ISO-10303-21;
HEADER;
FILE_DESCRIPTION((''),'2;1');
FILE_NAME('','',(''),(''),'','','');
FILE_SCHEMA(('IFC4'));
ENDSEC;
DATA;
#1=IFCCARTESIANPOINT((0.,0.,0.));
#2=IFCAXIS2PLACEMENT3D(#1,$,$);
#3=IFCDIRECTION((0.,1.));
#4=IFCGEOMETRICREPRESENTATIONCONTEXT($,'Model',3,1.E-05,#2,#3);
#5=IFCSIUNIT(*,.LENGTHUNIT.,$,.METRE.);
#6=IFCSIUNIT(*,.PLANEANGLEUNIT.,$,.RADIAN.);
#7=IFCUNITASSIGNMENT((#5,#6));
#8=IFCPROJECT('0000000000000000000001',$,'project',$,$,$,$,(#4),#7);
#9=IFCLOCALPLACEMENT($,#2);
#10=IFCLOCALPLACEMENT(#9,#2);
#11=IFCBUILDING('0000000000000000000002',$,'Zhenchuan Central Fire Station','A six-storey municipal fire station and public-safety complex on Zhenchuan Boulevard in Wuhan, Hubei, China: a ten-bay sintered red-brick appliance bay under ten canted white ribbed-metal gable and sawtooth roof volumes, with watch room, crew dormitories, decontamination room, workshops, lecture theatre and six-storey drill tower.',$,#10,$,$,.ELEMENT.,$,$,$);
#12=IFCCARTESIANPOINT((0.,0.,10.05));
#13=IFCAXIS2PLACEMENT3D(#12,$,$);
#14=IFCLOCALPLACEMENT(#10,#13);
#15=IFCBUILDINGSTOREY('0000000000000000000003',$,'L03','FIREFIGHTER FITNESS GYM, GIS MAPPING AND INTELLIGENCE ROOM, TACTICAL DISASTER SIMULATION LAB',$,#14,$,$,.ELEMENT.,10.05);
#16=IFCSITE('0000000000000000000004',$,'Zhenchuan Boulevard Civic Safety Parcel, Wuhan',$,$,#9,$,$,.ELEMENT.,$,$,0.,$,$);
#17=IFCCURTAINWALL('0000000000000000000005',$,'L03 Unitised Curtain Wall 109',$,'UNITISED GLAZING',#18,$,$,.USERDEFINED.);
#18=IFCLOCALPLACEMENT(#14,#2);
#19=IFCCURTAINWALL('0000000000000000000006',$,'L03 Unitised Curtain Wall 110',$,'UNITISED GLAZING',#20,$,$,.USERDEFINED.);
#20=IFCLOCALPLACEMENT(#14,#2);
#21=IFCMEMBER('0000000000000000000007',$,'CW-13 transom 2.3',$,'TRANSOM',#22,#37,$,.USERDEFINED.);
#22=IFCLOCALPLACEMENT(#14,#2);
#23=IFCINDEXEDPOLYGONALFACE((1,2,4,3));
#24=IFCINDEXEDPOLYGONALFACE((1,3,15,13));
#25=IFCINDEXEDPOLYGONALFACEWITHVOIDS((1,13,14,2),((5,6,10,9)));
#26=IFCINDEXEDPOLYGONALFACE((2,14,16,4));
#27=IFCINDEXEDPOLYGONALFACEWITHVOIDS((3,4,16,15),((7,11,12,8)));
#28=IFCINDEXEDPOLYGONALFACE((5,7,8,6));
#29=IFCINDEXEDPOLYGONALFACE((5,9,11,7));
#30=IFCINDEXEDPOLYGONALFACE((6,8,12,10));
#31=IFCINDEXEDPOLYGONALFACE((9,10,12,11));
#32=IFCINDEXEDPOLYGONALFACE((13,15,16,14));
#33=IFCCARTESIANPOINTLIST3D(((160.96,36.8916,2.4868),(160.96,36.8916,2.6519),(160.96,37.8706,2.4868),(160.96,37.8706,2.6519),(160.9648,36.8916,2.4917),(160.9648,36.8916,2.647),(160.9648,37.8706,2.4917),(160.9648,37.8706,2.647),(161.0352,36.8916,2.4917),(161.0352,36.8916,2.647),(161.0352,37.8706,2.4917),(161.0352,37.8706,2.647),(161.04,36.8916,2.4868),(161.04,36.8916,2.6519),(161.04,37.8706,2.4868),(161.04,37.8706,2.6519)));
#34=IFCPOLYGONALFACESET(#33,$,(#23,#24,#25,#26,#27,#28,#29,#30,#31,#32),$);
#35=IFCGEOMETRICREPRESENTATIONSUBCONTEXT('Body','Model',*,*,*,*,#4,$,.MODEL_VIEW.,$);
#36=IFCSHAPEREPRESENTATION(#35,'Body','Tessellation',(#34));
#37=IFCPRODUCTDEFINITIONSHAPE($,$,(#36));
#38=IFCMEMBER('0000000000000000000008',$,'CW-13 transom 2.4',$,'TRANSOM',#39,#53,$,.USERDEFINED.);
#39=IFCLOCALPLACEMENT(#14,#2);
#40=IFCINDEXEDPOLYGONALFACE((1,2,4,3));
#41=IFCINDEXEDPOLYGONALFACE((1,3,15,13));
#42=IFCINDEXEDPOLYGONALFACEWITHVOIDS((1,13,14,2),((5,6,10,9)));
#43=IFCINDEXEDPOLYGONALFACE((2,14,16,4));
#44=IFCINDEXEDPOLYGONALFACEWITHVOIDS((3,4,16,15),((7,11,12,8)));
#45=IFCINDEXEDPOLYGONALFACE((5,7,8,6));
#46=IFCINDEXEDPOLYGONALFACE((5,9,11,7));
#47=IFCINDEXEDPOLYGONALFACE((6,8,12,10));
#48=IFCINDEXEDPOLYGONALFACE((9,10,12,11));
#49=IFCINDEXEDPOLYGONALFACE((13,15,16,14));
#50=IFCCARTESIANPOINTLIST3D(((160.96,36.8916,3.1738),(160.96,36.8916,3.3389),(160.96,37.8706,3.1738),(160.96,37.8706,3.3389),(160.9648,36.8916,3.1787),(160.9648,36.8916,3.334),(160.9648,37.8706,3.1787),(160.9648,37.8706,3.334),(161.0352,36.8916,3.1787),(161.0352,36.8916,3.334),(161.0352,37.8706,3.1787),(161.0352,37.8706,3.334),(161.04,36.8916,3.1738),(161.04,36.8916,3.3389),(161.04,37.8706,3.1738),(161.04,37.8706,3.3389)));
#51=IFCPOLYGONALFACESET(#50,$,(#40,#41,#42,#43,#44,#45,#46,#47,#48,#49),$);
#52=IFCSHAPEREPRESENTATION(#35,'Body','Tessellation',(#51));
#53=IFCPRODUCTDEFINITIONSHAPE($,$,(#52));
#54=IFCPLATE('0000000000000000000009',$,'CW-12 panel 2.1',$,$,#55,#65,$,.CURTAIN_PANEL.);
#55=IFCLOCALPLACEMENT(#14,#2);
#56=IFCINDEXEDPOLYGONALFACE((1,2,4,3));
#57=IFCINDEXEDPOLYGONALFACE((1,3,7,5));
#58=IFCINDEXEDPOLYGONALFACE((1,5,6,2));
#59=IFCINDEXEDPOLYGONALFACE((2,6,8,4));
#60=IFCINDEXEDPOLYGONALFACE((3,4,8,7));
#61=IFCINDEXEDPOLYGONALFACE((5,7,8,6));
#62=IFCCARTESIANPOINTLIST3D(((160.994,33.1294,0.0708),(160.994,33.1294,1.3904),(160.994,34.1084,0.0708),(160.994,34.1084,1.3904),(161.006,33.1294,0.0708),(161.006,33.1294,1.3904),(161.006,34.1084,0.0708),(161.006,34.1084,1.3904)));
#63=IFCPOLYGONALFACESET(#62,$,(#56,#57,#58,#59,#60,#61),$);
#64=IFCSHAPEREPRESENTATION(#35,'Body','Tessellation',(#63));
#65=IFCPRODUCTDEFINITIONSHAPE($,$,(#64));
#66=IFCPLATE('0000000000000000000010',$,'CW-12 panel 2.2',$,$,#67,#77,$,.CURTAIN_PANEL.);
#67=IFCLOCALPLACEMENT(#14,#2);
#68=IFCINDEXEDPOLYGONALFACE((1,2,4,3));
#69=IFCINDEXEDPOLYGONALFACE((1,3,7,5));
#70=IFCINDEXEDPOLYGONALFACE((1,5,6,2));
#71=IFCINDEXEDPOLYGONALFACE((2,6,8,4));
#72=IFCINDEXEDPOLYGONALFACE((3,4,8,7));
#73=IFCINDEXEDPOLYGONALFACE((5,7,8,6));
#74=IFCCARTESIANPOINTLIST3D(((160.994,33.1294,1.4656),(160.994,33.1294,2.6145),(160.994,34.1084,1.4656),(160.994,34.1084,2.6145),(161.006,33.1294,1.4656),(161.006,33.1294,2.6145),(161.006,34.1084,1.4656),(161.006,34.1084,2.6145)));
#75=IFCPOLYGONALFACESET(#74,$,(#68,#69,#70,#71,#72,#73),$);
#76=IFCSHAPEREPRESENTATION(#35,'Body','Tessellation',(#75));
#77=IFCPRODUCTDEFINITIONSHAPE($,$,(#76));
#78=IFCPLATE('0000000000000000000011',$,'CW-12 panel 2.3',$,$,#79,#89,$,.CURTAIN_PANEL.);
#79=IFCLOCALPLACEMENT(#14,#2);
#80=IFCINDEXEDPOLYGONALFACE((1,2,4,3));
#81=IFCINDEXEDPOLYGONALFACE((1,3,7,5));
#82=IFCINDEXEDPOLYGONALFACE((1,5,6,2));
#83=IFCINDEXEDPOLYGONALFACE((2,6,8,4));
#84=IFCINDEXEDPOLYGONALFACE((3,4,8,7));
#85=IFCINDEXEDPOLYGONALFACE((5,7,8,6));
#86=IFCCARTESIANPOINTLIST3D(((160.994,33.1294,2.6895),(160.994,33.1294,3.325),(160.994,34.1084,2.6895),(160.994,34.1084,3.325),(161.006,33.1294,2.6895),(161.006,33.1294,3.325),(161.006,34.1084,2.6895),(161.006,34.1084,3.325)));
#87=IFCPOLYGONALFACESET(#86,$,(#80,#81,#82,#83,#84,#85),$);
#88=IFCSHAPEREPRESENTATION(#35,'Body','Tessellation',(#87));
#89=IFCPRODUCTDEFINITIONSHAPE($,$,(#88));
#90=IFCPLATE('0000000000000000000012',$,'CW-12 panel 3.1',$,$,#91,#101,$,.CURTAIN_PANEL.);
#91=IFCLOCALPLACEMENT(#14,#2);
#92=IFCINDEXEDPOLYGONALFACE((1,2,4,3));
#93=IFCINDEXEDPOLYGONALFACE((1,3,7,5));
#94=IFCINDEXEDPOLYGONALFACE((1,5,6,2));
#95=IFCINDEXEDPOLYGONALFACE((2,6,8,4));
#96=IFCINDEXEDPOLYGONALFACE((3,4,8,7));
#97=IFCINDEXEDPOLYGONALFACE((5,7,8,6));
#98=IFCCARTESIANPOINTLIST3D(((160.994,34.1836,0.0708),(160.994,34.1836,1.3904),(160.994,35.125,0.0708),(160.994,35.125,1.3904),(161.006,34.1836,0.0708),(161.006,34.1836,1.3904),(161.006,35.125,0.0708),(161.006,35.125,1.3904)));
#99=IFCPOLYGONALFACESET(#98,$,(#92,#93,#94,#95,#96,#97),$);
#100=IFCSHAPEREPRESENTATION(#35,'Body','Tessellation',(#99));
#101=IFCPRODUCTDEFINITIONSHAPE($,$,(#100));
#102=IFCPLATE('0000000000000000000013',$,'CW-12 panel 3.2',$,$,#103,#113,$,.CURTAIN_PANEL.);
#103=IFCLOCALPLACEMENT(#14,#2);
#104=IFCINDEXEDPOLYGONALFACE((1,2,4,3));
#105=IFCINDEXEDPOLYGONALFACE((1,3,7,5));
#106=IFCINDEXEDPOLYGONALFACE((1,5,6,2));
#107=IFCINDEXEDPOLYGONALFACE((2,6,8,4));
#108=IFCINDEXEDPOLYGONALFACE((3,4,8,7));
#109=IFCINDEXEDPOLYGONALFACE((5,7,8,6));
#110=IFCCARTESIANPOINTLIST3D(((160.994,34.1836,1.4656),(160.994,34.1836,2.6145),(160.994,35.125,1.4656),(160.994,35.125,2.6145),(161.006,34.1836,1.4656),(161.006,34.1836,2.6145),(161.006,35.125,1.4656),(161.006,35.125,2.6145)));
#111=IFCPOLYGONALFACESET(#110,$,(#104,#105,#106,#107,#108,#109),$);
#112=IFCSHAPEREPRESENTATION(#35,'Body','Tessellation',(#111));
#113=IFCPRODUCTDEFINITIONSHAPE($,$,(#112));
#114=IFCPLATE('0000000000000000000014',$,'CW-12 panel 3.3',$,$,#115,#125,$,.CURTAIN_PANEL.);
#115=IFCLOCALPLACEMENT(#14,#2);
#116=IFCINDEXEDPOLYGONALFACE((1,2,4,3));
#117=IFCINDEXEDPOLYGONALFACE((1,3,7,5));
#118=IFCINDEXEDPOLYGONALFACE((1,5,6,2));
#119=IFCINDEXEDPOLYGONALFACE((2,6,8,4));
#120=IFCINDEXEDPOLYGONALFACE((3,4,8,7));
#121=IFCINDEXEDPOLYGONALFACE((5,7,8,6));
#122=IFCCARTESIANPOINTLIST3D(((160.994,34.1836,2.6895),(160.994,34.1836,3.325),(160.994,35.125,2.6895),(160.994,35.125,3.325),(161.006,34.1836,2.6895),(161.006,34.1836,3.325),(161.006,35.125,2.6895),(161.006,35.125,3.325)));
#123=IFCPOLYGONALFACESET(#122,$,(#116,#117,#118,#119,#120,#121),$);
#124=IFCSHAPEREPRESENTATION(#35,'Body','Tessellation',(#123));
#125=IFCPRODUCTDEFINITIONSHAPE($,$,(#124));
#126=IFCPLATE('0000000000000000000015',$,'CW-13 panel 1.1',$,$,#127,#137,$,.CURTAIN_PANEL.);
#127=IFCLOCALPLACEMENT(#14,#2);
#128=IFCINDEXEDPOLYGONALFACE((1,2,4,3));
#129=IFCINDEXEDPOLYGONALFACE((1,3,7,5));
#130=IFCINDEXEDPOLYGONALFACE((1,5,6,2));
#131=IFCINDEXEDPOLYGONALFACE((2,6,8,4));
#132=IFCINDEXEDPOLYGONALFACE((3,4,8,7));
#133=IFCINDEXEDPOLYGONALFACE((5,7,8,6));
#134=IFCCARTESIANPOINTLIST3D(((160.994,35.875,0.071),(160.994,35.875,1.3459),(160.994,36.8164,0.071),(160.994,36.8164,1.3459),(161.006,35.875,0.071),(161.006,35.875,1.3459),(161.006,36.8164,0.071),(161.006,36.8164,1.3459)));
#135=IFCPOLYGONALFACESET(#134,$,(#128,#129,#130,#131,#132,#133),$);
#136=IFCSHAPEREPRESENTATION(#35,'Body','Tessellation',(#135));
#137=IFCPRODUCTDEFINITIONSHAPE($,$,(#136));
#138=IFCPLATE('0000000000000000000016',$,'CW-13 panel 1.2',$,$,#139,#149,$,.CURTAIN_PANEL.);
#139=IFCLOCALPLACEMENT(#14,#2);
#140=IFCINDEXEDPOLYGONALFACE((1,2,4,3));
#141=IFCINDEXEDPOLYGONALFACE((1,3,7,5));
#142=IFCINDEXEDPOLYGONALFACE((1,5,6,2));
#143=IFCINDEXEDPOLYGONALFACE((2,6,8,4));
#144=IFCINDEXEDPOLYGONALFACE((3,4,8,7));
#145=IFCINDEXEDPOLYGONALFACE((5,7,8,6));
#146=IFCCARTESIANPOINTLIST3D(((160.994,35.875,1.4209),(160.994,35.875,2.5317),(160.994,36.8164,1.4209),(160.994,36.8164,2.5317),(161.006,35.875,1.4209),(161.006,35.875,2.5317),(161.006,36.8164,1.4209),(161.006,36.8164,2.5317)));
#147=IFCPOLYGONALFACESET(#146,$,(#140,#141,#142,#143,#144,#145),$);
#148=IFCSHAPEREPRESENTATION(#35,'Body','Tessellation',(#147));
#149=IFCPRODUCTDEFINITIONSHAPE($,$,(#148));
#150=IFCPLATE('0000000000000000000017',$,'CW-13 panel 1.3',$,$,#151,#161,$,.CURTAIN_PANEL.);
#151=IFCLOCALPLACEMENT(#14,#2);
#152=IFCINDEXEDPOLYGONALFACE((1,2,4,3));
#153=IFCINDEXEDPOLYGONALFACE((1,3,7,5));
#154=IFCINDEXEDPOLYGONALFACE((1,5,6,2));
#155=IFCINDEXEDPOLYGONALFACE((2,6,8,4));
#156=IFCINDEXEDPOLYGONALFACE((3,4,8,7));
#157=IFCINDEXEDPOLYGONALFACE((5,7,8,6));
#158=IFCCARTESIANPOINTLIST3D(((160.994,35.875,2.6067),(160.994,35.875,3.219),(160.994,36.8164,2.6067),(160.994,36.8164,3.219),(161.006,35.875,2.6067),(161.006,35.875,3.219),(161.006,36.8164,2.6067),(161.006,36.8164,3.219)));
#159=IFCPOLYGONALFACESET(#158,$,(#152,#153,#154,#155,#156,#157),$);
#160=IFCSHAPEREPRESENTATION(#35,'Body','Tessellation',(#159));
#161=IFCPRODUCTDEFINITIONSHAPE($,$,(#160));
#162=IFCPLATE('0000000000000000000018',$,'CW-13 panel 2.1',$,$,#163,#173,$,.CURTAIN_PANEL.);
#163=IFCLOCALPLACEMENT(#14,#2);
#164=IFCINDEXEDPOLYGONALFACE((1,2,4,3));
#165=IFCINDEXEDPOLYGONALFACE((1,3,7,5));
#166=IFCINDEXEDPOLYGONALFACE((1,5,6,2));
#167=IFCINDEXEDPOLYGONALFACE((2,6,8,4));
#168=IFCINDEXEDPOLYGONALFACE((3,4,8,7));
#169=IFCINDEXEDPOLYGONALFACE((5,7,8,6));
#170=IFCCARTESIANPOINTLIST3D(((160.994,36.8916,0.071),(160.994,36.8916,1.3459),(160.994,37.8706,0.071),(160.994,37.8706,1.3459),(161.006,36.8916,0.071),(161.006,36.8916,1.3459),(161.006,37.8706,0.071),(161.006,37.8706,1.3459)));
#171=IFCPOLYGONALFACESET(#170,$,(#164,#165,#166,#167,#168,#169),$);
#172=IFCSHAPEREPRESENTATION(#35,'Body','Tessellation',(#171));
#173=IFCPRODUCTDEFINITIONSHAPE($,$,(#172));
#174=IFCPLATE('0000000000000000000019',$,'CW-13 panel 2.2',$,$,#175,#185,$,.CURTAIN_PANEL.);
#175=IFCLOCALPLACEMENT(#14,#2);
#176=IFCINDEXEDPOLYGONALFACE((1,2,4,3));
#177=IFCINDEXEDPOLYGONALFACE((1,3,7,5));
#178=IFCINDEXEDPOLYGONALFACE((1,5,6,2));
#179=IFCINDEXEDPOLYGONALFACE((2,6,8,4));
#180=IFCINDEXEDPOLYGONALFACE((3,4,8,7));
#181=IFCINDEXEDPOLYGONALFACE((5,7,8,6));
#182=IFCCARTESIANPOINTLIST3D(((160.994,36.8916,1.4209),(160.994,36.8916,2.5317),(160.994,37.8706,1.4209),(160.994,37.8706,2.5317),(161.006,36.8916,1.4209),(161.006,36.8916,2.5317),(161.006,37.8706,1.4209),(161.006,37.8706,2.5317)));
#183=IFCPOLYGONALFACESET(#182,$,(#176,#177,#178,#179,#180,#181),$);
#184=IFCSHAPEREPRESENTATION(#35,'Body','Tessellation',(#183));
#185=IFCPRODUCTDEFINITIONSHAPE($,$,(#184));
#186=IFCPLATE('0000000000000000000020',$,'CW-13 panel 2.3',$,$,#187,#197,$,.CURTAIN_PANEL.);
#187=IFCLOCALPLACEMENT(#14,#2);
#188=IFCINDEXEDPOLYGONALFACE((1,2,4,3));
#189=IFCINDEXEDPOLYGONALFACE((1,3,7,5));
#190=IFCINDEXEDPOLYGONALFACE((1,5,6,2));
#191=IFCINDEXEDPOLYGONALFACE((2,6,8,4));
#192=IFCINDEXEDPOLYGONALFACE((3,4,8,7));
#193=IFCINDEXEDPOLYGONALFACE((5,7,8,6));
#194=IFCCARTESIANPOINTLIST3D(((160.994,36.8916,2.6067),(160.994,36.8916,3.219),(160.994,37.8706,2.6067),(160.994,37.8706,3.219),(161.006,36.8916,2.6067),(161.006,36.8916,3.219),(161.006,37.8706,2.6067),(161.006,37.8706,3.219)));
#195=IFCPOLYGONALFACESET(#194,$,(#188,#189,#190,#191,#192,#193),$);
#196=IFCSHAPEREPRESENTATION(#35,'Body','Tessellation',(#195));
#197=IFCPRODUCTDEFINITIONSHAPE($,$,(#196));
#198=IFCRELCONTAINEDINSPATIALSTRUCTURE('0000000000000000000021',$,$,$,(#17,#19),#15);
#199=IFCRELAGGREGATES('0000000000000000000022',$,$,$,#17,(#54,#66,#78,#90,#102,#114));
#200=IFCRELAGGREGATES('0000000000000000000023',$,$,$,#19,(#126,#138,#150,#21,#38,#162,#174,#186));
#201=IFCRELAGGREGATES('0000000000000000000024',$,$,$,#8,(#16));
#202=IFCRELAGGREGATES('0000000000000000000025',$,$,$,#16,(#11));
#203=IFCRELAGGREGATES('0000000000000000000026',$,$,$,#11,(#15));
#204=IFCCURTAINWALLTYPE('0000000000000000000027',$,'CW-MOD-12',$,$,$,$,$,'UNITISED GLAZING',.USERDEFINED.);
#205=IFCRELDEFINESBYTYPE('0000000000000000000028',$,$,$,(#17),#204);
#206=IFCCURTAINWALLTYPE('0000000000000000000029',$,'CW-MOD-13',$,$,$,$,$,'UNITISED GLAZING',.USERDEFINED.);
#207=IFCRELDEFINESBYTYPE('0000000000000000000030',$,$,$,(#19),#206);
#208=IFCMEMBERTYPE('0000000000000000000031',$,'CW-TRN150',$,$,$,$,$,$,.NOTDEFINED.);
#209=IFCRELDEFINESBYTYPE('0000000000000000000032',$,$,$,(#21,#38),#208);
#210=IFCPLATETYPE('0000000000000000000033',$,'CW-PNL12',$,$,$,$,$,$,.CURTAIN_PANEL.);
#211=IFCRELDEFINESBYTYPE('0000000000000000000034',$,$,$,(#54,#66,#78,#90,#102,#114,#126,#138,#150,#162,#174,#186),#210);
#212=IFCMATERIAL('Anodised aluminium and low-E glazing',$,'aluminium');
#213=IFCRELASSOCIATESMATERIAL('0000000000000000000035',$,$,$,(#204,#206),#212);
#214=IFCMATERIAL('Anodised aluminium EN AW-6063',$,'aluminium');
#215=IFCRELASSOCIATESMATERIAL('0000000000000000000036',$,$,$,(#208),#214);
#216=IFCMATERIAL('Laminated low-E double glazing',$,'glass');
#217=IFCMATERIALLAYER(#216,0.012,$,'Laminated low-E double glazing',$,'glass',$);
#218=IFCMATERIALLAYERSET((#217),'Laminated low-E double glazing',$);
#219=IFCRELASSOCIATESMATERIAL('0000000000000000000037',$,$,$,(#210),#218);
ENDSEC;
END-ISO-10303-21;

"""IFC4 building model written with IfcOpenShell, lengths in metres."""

from ifc_helpers import new_model, si_unit, direction, frame, origin, origin_2d, place, context, subcontext, project, spatial, rectangle, hollow_rectangle, extrude, material, layer, layer_set, material_profile, profile_set, type_object, element, aggregate, save


model = new_model("IFC4")

# Units and contexts
model_context = context("Model", 3, precision=1e-05, world=origin(), true_north=direction((0.0, 1.0)))
body_context = subcontext(model_context, "Body", "Model", "MODEL_VIEW")
ifc_project = project(units=[si_unit("LENGTHUNIT", "METRE"), si_unit("PLANEANGLEUNIT", "RADIAN")], contexts=[model_context])

# Site, building, storey
site_placement = place(None, origin())
site = spatial("IfcSite", under=ifc_project, at=site_placement, Name="Zhenchuan Boulevard Civic Safety Parcel, Wuhan", CompositionType="ELEMENT", RefElevation=0.0)
building_placement = place(site_placement, origin())
building = spatial("IfcBuilding", under=site, at=building_placement, Name="Zhenchuan Central Fire Station", Description="A six-storey municipal fire station and public-safety complex on Zhenchuan Boulevard in Wuhan, Hubei, China: a ten-bay sintered red-brick appliance bay under ten canted white ribbed-metal gable and sawtooth roof volumes, with watch room, crew dormitories, decontamination room, workshops, lecture theatre and six-storey drill tower.", CompositionType="ELEMENT")
storey_placement = place(building_placement, frame((0.0, 0.0, 10.05)))
storey = spatial("IfcBuildingStorey", under=building, at=storey_placement, Name="L03", Description="FIREFIGHTER FITNESS GYM, GIS MAPPING AND INTELLIGENCE ROOM, TACTICAL DISASTER SIMULATION LAB", CompositionType="ELEMENT", Elevation=10.05)

# Curtain walls
ifc_material_1 = material(Name="Anodised aluminium and low-E glazing", Category="aluminium")
curtain_wall_type_1 = type_object("IfcCurtainWallType", Name="CW-MOD-12", ElementType="UNITISED GLAZING", PredefinedType="USERDEFINED", material=ifc_material_1)
curtain_wall_1_placement = place(storey_placement, origin())
curtain_wall_1 = element("IfcCurtainWall", 1, at=curtain_wall_1_placement, inside=storey, type_object=curtain_wall_type_1, Name="L03 Unitised Curtain Wall 109", ObjectType="UNITISED GLAZING", PredefinedType="USERDEFINED")
ifc_material_2 = material(Name="Anodised aluminium EN AW-6063", Category="aluminium")
curtain_wall_type_2 = type_object("IfcCurtainWallType", Name="CW-MOD-13", ElementType="UNITISED GLAZING", PredefinedType="USERDEFINED", material=ifc_material_1)
curtain_wall_2_placement = place(storey_placement, origin())
curtain_wall_2 = element("IfcCurtainWall", 2, at=curtain_wall_2_placement, inside=storey, type_object=curtain_wall_type_2, Name="L03 Unitised Curtain Wall 110", ObjectType="UNITISED GLAZING", PredefinedType="USERDEFINED")

# Members
ifc_material_profile_1 = material_profile(ifc_material_2, hollow_rectangle(XDim=0.0801, YDim=0.165, WallThickness=0.0049, at=origin_2d()), Name="ALU-T 165x80")
ifc_profile_set_1 = profile_set([ifc_material_profile_1], Name="Anodised aluminium EN AW-6063")
member_type_1 = type_object("IfcMemberType", Name="CW-TRN150", PredefinedType="NOTDEFINED", material=ifc_profile_set_1)
member_1_placement = place(storey_placement, frame((161.0, 36.8916, 2.5693), z_axis=(0.0, 1.0, 0.0), x_axis=(-1.0, 0.0, 0.0)))
member_1 = element("IfcMember", 3, at=member_1_placement, type_object=member_type_1, Name="CW-13 transom 2.3", ObjectType="TRANSOM", PredefinedType="USERDEFINED", context=body_context, shape_type="SweptSolid", body=[
    extrude(hollow_rectangle(XDim=0.0801, YDim=0.165, WallThickness=0.0049, at=origin_2d()), origin(), (0.0, 0.0, 1.0), 0.979),
])
member_2_placement = place(storey_placement, frame((161.0, 36.8916, 3.2563), z_axis=(0.0, 1.0, 0.0), x_axis=(-1.0, 0.0, 0.0)))
member_2 = element("IfcMember", 4, at=member_2_placement, type_object=member_type_1, Name="CW-13 transom 2.4", ObjectType="TRANSOM", PredefinedType="USERDEFINED", context=body_context, shape_type="SweptSolid", body=[
    extrude(hollow_rectangle(XDim=0.0801, YDim=0.165, WallThickness=0.0049, at=origin_2d()), origin(), (0.0, 0.0, 1.0), 0.979),
])

# Plates
ifc_material_3 = material(Name="Laminated low-E double glazing", Category="glass")
ifc_layer_1 = layer(ifc_material_3, 0.012, Name="Laminated low-E double glazing", Category="glass")
ifc_layer_set_1 = layer_set([ifc_layer_1], Name="Laminated low-E double glazing")
plate_type = type_object("IfcPlateType", Name="CW-PNL12", PredefinedType="CURTAIN_PANEL", material=ifc_layer_set_1)
plate_1_placement = place(storey_placement, frame((161.0, 33.6189, 0.0708), z_axis=(0.0, 0.0, 1.0), x_axis=(0.0, 1.0, 0.0)))
plate_1 = element("IfcPlate", 5, at=plate_1_placement, type_object=plate_type, Name="CW-12 panel 2.1", PredefinedType="CURTAIN_PANEL", context=body_context, shape_type="SweptSolid", body=[
    extrude(rectangle(XDim=0.979, YDim=0.012, at=origin_2d()), origin(), (0.0, 0.0, 1.0), 1.3196),
])
plate_2_placement = place(storey_placement, frame((161.0, 33.6189, 1.4656), z_axis=(0.0, 0.0, 1.0), x_axis=(0.0, 1.0, 0.0)))
plate_2 = element("IfcPlate", 6, at=plate_2_placement, type_object=plate_type, Name="CW-12 panel 2.2", PredefinedType="CURTAIN_PANEL", context=body_context, shape_type="SweptSolid", body=[
    extrude(rectangle(XDim=0.979, YDim=0.012, at=origin_2d()), origin(), (0.0, 0.0, 1.0), 1.1489),
])
plate_3_placement = place(storey_placement, frame((161.0, 33.6189, 2.6895), z_axis=(0.0, 0.0, 1.0), x_axis=(0.0, 1.0, 0.0)))
plate_3 = element("IfcPlate", 7, at=plate_3_placement, type_object=plate_type, Name="CW-12 panel 2.3", PredefinedType="CURTAIN_PANEL", context=body_context, shape_type="SweptSolid", body=[
    extrude(rectangle(XDim=0.979, YDim=0.012, at=origin_2d()), origin(), (0.0, 0.0, 1.0), 0.6355),
])
plate_4_placement = place(storey_placement, frame((161.0, 34.6543, 0.0708), z_axis=(0.0, 0.0, 1.0), x_axis=(0.0, 1.0, 0.0)))
plate_4 = element("IfcPlate", 8, at=plate_4_placement, type_object=plate_type, Name="CW-12 panel 3.1", PredefinedType="CURTAIN_PANEL", context=body_context, shape_type="SweptSolid", body=[
    extrude(rectangle(XDim=0.9414, YDim=0.012, at=origin_2d()), origin(), (0.0, 0.0, 1.0), 1.3196),
])
plate_5_placement = place(storey_placement, frame((161.0, 34.6543, 1.4656), z_axis=(0.0, 0.0, 1.0), x_axis=(0.0, 1.0, 0.0)))
plate_5 = element("IfcPlate", 9, at=plate_5_placement, type_object=plate_type, Name="CW-12 panel 3.2", PredefinedType="CURTAIN_PANEL", context=body_context, shape_type="SweptSolid", body=[
    extrude(rectangle(XDim=0.9414, YDim=0.012, at=origin_2d()), origin(), (0.0, 0.0, 1.0), 1.1489),
])
plate_6_placement = place(storey_placement, frame((161.0, 34.6543, 2.6895), z_axis=(0.0, 0.0, 1.0), x_axis=(0.0, 1.0, 0.0)))
plate_6 = element("IfcPlate", 10, at=plate_6_placement, type_object=plate_type, Name="CW-12 panel 3.3", PredefinedType="CURTAIN_PANEL", context=body_context, shape_type="SweptSolid", body=[
    extrude(rectangle(XDim=0.9414, YDim=0.012, at=origin_2d()), origin(), (0.0, 0.0, 1.0), 0.6355),
])
aggregate(curtain_wall_1, [plate_1, plate_2, plate_3, plate_4, plate_5, plate_6])
plate_7_placement = place(storey_placement, frame((161.0, 36.3457, 0.071), z_axis=(0.0, 0.0, 1.0), x_axis=(0.0, 1.0, 0.0)))
plate_7 = element("IfcPlate", 11, at=plate_7_placement, type_object=plate_type, Name="CW-13 panel 1.1", PredefinedType="CURTAIN_PANEL", context=body_context, shape_type="SweptSolid", body=[
    extrude(rectangle(XDim=0.9414, YDim=0.012, at=origin_2d()), origin(), (0.0, 0.0, 1.0), 1.2749),
])
plate_8_placement = place(storey_placement, frame((161.0, 36.3457, 1.4209), z_axis=(0.0, 0.0, 1.0), x_axis=(0.0, 1.0, 0.0)))
plate_8 = element("IfcPlate", 12, at=plate_8_placement, type_object=plate_type, Name="CW-13 panel 1.2", PredefinedType="CURTAIN_PANEL", context=body_context, shape_type="SweptSolid", body=[
    extrude(rectangle(XDim=0.9414, YDim=0.012, at=origin_2d()), origin(), (0.0, 0.0, 1.0), 1.1108),
])
plate_9_placement = place(storey_placement, frame((161.0, 36.3457, 2.6067), z_axis=(0.0, 0.0, 1.0), x_axis=(0.0, 1.0, 0.0)))
plate_9 = element("IfcPlate", 13, at=plate_9_placement, type_object=plate_type, Name="CW-13 panel 1.3", PredefinedType="CURTAIN_PANEL", context=body_context, shape_type="SweptSolid", body=[
    extrude(rectangle(XDim=0.9414, YDim=0.012, at=origin_2d()), origin(), (0.0, 0.0, 1.0), 0.6123),
])
plate_10_placement = place(storey_placement, frame((161.0, 37.3811, 0.071), z_axis=(0.0, 0.0, 1.0), x_axis=(0.0, 1.0, 0.0)))
plate_10 = element("IfcPlate", 14, at=plate_10_placement, type_object=plate_type, Name="CW-13 panel 2.1", PredefinedType="CURTAIN_PANEL", context=body_context, shape_type="SweptSolid", body=[
    extrude(rectangle(XDim=0.979, YDim=0.012, at=origin_2d()), origin(), (0.0, 0.0, 1.0), 1.2749),
])
plate_11_placement = place(storey_placement, frame((161.0, 37.3811, 1.4209), z_axis=(0.0, 0.0, 1.0), x_axis=(0.0, 1.0, 0.0)))
plate_11 = element("IfcPlate", 15, at=plate_11_placement, type_object=plate_type, Name="CW-13 panel 2.2", PredefinedType="CURTAIN_PANEL", context=body_context, shape_type="SweptSolid", body=[
    extrude(rectangle(XDim=0.979, YDim=0.012, at=origin_2d()), origin(), (0.0, 0.0, 1.0), 1.1108),
])
plate_12_placement = place(storey_placement, frame((161.0, 37.3811, 2.6067), z_axis=(0.0, 0.0, 1.0), x_axis=(0.0, 1.0, 0.0)))
plate_12 = element("IfcPlate", 16, at=plate_12_placement, type_object=plate_type, Name="CW-13 panel 2.3", PredefinedType="CURTAIN_PANEL", context=body_context, shape_type="SweptSolid", body=[
    extrude(rectangle(XDim=0.979, YDim=0.012, at=origin_2d()), origin(), (0.0, 0.0, 1.0), 0.6123),
])
aggregate(curtain_wall_2, [plate_7, plate_8, plate_9, member_1, member_2, plate_10, plate_11, plate_12])

save(model, "model.ifc")
